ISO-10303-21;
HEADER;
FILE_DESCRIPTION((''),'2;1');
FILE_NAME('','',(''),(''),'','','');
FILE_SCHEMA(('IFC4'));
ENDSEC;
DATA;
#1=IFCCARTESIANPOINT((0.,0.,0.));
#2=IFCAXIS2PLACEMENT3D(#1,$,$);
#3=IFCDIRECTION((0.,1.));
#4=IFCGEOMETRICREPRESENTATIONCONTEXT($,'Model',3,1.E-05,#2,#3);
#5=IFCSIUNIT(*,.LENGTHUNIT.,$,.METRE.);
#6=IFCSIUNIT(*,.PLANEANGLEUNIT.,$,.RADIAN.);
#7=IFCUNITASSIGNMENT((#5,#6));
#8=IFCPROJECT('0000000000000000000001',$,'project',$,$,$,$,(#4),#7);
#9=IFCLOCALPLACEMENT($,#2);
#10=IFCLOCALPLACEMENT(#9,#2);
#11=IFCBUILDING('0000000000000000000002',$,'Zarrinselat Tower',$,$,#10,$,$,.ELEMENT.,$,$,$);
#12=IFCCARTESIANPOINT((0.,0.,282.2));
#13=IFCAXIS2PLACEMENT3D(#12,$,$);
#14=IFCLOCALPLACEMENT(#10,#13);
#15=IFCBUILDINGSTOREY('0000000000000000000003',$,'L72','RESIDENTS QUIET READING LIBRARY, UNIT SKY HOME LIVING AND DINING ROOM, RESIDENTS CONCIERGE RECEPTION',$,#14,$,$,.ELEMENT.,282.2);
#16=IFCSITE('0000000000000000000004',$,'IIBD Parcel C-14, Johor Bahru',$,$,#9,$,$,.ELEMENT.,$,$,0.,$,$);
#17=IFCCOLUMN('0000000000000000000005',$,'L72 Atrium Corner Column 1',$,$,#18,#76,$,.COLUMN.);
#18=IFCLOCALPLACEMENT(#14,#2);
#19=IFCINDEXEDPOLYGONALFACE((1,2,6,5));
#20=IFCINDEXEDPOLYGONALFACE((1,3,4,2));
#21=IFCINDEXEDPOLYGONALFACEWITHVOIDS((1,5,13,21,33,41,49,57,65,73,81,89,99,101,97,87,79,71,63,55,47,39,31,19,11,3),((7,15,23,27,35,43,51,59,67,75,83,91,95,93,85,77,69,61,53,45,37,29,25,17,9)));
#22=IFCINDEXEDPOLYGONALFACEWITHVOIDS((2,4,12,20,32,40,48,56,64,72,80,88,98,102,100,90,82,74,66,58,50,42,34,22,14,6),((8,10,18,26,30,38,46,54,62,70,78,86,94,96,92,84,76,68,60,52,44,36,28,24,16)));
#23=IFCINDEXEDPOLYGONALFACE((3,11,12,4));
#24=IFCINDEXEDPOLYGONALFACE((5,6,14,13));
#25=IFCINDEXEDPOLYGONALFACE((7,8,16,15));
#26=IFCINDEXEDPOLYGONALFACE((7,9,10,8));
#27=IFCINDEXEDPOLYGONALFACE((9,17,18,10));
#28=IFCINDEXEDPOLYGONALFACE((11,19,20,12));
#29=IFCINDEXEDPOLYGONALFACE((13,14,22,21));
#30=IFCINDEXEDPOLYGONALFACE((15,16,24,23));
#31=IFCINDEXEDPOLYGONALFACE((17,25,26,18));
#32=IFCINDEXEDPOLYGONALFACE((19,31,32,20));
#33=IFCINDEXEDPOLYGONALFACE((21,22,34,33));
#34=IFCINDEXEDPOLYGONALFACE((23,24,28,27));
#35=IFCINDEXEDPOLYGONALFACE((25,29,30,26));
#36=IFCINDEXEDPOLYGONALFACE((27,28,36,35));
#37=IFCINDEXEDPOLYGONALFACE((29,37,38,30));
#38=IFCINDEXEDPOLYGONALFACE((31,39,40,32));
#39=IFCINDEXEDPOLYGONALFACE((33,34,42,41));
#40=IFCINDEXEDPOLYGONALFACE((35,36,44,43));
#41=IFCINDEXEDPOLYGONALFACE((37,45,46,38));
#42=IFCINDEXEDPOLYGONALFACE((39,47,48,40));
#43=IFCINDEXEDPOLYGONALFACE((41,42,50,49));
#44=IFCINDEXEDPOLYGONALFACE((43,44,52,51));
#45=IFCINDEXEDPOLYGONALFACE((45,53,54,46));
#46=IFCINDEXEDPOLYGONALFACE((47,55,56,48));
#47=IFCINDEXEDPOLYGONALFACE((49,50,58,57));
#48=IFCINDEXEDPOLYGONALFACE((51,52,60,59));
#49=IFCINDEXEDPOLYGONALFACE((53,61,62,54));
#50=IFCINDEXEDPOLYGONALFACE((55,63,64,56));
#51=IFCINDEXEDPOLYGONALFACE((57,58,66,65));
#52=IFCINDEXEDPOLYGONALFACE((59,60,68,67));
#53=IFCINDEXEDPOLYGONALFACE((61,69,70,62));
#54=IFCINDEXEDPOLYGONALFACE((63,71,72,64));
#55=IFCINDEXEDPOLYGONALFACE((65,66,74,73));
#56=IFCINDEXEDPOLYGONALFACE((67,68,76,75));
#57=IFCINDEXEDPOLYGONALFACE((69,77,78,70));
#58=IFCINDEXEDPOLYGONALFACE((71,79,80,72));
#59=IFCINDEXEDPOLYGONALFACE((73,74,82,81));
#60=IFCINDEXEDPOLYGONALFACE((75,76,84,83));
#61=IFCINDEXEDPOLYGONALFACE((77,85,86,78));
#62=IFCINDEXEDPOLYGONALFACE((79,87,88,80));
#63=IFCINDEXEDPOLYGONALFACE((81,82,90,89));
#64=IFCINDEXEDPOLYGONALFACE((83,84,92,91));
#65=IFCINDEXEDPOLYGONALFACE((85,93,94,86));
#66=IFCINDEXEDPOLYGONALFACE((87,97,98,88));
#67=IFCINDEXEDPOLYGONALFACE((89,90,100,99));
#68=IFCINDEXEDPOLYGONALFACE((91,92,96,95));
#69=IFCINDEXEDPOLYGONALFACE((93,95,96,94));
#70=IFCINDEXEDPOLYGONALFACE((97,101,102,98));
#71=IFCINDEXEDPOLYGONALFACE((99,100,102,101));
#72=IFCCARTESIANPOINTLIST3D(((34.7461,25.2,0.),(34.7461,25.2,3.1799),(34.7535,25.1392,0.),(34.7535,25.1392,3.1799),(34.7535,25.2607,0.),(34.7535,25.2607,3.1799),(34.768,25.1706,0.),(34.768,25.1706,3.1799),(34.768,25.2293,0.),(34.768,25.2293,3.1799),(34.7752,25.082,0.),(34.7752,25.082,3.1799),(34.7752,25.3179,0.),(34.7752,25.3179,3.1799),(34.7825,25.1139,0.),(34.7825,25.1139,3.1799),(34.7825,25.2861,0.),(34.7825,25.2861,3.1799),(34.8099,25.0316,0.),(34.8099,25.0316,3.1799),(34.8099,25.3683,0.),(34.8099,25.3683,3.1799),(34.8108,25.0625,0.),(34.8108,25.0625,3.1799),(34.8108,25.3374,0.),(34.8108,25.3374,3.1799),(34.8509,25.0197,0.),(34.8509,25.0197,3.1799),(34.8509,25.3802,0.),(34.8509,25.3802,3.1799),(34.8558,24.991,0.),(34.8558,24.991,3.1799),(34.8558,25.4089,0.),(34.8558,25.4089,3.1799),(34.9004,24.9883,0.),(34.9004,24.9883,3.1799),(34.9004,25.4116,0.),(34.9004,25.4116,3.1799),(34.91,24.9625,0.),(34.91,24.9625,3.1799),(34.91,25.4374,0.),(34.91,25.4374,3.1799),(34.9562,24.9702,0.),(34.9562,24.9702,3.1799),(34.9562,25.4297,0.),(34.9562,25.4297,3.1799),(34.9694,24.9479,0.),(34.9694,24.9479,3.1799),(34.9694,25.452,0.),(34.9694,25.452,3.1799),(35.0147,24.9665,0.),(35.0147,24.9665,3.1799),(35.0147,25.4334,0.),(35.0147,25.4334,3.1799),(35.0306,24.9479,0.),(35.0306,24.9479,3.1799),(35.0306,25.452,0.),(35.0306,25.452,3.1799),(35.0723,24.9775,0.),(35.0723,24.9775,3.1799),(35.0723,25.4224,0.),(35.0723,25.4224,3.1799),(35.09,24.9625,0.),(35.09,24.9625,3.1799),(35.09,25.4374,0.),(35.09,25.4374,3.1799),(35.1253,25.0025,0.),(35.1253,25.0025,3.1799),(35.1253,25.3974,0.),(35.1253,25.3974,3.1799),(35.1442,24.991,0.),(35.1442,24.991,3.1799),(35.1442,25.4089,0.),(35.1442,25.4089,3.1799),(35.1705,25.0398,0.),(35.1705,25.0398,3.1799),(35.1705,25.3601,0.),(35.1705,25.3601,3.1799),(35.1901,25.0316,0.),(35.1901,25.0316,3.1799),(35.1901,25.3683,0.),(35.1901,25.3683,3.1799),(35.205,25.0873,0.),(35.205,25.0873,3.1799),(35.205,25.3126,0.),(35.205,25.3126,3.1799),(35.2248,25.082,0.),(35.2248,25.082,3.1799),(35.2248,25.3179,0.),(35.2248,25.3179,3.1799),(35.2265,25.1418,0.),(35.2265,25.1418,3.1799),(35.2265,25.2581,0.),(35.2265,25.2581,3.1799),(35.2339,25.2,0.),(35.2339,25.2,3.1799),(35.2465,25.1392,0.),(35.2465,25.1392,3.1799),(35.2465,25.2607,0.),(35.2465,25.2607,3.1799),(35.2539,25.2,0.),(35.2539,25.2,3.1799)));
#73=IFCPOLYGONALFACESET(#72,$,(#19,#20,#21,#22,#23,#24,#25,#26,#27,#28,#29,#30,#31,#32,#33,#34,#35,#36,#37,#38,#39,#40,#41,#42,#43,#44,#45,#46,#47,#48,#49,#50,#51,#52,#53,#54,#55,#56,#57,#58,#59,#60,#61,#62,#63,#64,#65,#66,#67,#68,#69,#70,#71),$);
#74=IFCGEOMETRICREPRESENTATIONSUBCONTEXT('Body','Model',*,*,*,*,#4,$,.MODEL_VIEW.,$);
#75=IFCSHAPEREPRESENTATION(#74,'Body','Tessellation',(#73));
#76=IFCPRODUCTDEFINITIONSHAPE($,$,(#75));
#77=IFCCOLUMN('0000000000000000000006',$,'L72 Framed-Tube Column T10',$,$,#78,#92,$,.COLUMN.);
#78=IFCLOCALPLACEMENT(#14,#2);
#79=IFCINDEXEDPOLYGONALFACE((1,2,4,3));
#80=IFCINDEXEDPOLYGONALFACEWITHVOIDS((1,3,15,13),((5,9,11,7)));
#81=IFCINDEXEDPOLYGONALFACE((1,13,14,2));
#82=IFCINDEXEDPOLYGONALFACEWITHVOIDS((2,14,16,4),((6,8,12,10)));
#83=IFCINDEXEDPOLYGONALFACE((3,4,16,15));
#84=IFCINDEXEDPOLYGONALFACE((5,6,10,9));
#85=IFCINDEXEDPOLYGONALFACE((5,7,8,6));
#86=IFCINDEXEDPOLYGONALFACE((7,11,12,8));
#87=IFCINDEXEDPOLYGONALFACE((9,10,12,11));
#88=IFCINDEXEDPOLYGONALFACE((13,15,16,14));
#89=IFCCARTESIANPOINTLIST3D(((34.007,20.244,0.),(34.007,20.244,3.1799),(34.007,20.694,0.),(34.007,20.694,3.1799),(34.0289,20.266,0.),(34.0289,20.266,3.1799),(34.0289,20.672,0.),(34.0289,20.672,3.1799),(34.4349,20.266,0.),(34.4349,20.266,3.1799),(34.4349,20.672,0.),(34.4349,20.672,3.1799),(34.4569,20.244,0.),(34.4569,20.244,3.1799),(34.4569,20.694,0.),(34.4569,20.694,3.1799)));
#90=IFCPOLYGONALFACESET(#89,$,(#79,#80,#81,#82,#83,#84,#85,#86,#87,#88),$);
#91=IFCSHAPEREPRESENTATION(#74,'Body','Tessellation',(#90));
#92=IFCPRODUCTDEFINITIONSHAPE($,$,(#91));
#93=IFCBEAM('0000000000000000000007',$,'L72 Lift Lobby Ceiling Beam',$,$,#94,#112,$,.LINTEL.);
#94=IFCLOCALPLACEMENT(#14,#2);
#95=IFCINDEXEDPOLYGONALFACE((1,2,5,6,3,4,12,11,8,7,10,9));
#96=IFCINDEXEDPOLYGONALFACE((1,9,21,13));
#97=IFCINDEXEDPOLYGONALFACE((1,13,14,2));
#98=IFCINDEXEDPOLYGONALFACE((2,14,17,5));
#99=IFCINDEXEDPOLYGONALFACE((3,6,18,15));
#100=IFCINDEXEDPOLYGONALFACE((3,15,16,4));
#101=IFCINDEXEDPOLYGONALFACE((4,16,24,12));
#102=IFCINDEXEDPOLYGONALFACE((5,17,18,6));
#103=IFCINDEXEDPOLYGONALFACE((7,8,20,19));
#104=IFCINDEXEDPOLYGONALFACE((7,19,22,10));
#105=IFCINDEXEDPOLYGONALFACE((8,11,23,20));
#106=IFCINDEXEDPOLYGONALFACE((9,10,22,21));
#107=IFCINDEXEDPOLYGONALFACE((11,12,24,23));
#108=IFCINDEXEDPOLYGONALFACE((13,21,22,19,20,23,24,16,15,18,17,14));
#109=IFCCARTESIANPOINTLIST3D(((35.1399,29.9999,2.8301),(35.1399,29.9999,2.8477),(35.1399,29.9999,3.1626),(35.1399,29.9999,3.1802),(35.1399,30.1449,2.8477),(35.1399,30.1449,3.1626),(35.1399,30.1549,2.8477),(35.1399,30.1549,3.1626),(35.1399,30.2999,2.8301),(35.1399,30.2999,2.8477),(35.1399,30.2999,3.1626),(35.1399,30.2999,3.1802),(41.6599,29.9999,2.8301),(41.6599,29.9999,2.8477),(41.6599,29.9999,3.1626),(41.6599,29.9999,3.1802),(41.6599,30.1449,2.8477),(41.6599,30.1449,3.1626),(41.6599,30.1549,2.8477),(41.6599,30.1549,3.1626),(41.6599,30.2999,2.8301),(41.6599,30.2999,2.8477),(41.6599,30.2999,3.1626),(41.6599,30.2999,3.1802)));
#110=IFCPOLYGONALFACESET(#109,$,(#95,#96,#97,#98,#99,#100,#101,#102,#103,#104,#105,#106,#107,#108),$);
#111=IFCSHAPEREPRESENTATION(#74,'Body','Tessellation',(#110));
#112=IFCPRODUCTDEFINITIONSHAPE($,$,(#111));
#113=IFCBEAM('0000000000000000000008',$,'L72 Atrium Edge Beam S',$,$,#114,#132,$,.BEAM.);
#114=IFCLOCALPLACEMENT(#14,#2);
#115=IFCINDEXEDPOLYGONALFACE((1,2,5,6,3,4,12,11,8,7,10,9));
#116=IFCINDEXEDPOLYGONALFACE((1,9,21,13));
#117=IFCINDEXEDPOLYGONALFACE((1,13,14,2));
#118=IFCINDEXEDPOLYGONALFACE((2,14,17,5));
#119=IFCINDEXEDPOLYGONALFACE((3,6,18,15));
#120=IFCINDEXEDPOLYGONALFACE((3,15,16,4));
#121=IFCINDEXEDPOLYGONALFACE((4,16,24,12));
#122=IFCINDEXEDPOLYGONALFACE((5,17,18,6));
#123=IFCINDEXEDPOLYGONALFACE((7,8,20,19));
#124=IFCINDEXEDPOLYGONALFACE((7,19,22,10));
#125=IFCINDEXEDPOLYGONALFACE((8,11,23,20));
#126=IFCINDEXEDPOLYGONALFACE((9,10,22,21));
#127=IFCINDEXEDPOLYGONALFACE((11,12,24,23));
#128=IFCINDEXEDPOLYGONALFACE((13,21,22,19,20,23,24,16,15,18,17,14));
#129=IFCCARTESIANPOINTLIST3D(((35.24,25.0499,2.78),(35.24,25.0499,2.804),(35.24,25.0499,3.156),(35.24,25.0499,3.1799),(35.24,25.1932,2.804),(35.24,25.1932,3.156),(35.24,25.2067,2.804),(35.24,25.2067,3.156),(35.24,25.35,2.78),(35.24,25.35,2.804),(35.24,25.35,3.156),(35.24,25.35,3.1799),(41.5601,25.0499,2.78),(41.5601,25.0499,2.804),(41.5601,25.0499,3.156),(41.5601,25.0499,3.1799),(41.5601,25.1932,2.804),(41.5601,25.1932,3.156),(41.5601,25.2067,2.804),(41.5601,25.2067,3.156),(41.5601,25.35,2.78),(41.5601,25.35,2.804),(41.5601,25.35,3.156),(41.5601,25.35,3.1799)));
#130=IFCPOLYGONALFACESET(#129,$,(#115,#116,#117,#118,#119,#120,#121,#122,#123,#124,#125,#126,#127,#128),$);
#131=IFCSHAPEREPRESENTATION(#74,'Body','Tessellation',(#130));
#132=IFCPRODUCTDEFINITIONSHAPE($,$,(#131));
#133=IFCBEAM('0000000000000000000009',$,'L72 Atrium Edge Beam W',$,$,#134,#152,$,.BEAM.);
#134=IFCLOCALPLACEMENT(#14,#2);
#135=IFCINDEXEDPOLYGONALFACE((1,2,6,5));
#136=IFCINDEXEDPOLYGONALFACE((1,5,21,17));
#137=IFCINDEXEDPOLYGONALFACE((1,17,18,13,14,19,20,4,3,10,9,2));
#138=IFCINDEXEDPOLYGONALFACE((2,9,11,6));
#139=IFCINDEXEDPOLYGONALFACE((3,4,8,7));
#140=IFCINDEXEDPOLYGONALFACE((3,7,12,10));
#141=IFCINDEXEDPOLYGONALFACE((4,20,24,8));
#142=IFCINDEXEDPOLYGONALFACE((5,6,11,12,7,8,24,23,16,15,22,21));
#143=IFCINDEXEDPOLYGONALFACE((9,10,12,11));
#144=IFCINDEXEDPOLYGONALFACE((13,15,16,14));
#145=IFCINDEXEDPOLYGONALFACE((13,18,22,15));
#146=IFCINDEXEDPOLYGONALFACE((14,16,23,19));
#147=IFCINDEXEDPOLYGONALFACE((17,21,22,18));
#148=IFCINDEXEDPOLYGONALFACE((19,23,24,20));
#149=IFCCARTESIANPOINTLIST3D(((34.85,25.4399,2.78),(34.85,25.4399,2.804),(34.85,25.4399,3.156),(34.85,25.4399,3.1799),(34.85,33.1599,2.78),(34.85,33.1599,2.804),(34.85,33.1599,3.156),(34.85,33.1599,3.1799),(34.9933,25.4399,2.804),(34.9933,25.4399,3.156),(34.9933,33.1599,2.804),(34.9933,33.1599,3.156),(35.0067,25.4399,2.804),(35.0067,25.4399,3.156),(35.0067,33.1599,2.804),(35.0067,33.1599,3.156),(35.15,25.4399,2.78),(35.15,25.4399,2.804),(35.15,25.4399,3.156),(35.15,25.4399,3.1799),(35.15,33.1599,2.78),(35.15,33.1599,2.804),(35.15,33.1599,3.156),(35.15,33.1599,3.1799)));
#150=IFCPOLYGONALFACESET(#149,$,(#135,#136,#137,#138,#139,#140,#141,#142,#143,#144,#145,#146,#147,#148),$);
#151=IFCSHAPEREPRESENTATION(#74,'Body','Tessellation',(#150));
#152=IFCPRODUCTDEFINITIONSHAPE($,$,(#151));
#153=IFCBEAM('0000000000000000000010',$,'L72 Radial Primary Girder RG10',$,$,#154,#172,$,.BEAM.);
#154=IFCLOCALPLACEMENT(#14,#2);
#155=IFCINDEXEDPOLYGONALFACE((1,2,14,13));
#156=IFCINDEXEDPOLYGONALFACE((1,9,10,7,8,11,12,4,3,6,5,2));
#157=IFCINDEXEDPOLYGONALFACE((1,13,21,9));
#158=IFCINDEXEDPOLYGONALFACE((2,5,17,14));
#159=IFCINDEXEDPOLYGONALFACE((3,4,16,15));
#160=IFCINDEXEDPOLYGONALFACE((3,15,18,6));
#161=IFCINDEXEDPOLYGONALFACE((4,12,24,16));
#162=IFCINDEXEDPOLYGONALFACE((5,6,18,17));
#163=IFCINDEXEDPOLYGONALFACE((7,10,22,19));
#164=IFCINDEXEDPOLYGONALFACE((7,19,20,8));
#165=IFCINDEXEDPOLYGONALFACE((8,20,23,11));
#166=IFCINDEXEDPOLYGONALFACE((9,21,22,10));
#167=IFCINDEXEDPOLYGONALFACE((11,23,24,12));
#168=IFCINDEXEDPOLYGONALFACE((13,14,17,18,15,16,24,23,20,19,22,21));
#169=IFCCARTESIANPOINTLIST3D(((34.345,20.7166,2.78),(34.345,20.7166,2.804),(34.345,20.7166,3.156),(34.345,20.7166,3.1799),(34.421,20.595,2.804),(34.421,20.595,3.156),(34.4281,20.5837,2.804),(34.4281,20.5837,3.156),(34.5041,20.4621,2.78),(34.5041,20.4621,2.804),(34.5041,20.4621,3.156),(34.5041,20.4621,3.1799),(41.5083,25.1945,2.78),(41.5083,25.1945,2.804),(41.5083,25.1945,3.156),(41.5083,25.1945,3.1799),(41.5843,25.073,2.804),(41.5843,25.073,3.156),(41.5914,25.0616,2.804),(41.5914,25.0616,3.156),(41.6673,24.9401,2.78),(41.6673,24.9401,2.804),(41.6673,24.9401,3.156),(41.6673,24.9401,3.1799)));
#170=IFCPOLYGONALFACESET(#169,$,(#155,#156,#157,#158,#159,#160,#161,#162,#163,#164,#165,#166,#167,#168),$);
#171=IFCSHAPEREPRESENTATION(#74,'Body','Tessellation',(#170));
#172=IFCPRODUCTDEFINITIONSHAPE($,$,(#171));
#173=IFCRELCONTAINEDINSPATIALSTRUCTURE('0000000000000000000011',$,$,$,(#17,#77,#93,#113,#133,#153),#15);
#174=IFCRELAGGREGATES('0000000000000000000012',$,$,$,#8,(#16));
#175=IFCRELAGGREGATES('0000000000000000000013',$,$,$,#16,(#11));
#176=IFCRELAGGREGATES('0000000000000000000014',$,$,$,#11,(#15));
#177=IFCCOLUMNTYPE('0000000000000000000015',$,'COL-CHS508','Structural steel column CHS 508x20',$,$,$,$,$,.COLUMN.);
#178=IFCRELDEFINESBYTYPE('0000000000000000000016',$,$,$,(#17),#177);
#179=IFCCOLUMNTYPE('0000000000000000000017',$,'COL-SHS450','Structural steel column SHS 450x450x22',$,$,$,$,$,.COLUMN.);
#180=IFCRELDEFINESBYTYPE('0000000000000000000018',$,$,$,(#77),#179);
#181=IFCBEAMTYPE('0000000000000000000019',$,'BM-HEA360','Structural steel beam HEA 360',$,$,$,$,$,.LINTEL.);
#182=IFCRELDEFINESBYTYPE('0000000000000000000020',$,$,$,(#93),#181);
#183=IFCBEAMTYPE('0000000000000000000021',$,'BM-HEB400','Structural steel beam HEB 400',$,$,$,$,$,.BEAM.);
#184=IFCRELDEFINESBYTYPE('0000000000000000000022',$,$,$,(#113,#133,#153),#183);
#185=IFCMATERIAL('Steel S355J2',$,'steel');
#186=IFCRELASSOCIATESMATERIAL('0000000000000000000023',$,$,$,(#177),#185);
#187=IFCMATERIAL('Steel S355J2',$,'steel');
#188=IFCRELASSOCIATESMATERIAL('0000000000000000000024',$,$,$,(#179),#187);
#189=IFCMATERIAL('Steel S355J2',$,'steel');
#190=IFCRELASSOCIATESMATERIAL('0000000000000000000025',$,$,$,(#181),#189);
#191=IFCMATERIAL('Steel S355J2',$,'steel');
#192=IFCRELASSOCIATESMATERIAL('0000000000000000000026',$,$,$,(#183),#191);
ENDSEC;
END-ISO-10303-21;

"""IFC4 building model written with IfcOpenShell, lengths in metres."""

from ifc_helpers import new_model, si_unit, direction, frame, origin, origin_2d, place, context, subcontext, project, spatial, hollow_rectangle, hollow_circle, i_section, extrude, material, material_profile, profile_set, type_object, element, save


model = new_model("IFC4")

# Units and contexts
model_context = context("Model", 3, precision=1e-05, world=origin(), true_north=direction((0.0, 1.0)))
body_context = subcontext(model_context, "Body", "Model", "MODEL_VIEW")
ifc_project = project(units=[si_unit("LENGTHUNIT", "METRE"), si_unit("PLANEANGLEUNIT", "RADIAN")], contexts=[model_context])

# Site, building, storey
site_placement = place(None, origin())
site = spatial("IfcSite", under=ifc_project, at=site_placement, Name="IIBD Parcel C-14, Johor Bahru", CompositionType="ELEMENT", RefElevation=0.0)
building_placement = place(site_placement, origin())
building = spatial("IfcBuilding", under=site, at=building_placement, Name="Zarrinselat Tower", CompositionType="ELEMENT")
storey_placement = place(building_placement, frame((0.0, 0.0, 282.2)))
storey = spatial("IfcBuildingStorey", under=building, at=storey_placement, Name="L72", Description="RESIDENTS QUIET READING LIBRARY, UNIT SKY HOME LIVING AND DINING ROOM, RESIDENTS CONCIERGE RECEPTION", CompositionType="ELEMENT", Elevation=282.2)

# Columns
ifc_material_1 = material(Name="Steel S355J2", Category="steel")
ifc_material_profile_1 = material_profile(ifc_material_1, hollow_circle(Radius=0.2539, WallThickness=0.02, at=origin_2d()), Name="CHS 508x20")
ifc_profile_set_1 = profile_set([ifc_material_profile_1], Name="Steel S355J2")
column_type_1 = type_object("IfcColumnType", Name="COL-CHS508", Description="Structural steel column CHS 508x20", PredefinedType="COLUMN", material=ifc_profile_set_1)
column_1_placement = place(storey_placement, frame((35.0, 25.2, 0.0), z_axis=(0.0, 0.0, 1.0), x_axis=(1.0, 0.0, 0.0)))
element("IfcColumn", 1, at=column_1_placement, inside=storey, type_object=column_type_1, Name="L72 Atrium Corner Column 1", PredefinedType="COLUMN", context=body_context, shape_type="SweptSolid", body=[
    extrude(hollow_circle(Radius=0.2539, WallThickness=0.02, at=origin_2d()), origin(), (0.0, 0.0, 1.0), 3.1799),
])
ifc_material_2 = material(Name="Steel S355J2", Category="steel")
ifc_material_profile_2 = material_profile(ifc_material_2, hollow_rectangle(XDim=0.45, YDim=0.45, WallThickness=0.022, at=origin_2d()), Name="SHS 450x450x22")
ifc_profile_set_2 = profile_set([ifc_material_profile_2], Name="Steel S355J2")
column_type_2 = type_object("IfcColumnType", Name="COL-SHS450", Description="Structural steel column SHS 450x450x22", PredefinedType="COLUMN", material=ifc_profile_set_2)
column_2_placement = place(storey_placement, frame((34.2319, 20.469, 0.0), z_axis=(0.0, 0.0, 1.0), x_axis=(1.0, 0.0, 0.0)))
element("IfcColumn", 2, at=column_2_placement, inside=storey, type_object=column_type_2, Name="L72 Framed-Tube Column T10", PredefinedType="COLUMN", context=body_context, shape_type="SweptSolid", body=[
    extrude(hollow_rectangle(XDim=0.45, YDim=0.45, WallThickness=0.022, at=origin_2d()), origin(), (0.0, 0.0, 1.0), 3.1799),
])

# Beams
ifc_material_3 = material(Name="Steel S355J2", Category="steel")
ifc_material_profile_3 = material_profile(ifc_material_3, i_section(OverallWidth=0.3, OverallDepth=0.3501, WebThickness=0.01, FlangeThickness=0.0176, at=origin_2d()), Name="HEA 360")
ifc_profile_set_3 = profile_set([ifc_material_profile_3], Name="Steel S355J2")
beam_type_1 = type_object("IfcBeamType", Name="BM-HEA360", Description="Structural steel beam HEA 360", PredefinedType="LINTEL", material=ifc_profile_set_3)
beam_1_placement = place(storey_placement, frame((35.1399, 30.1499, 3.0051), z_axis=(1.0, 0.0, 0.0), x_axis=(0.0, 1.0, 0.0)))
element("IfcBeam", 3, at=beam_1_placement, inside=storey, type_object=beam_type_1, Name="L72 Lift Lobby Ceiling Beam", PredefinedType="LINTEL", context=body_context, shape_type="SweptSolid", body=[
    extrude(i_section(OverallWidth=0.3, OverallDepth=0.3501, WebThickness=0.01, FlangeThickness=0.0176, at=origin_2d()), origin(), (0.0, 0.0, 1.0), 6.52),
])
ifc_material_4 = material(Name="Steel S355J2", Category="steel")
ifc_material_profile_4 = material_profile(ifc_material_4, i_section(OverallWidth=0.3, OverallDepth=0.3999, WebThickness=0.0134, FlangeThickness=0.0239, at=origin_2d()), Name="HEB 400")
ifc_profile_set_4 = profile_set([ifc_material_profile_4], Name="Steel S355J2")
beam_type_2 = type_object("IfcBeamType", Name="BM-HEB400", Description="Structural steel beam HEB 400", PredefinedType="BEAM", material=ifc_profile_set_4)
beam_2_placement = place(storey_placement, frame((35.24, 25.2, 2.98), z_axis=(1.0, 0.0, 0.0), x_axis=(0.0, 1.0, 0.0)))
element("IfcBeam", 4, at=beam_2_placement, inside=storey, type_object=beam_type_2, Name="L72 Atrium Edge Beam S", PredefinedType="BEAM", context=body_context, shape_type="SweptSolid", body=[
    extrude(i_section(OverallWidth=0.3, OverallDepth=0.3999, WebThickness=0.0134, FlangeThickness=0.0239, at=origin_2d()), origin(), (0.0, 0.0, 1.0), 6.3201),
])
beam_3_placement = place(storey_placement, frame((35.0, 25.4399, 2.98), z_axis=(0.0, 1.0, 0.0), x_axis=(-1.0, 0.0, 0.0)))
element("IfcBeam", 5, at=beam_3_placement, inside=storey, type_object=beam_type_2, Name="L72 Atrium Edge Beam W", PredefinedType="BEAM", context=body_context, shape_type="SweptSolid", body=[
    extrude(i_section(OverallWidth=0.3, OverallDepth=0.3999, WebThickness=0.0134, FlangeThickness=0.0239, at=origin_2d()), origin(), (0.0, 0.0, 1.0), 7.72),
])
beam_4_placement = place(storey_placement, frame((34.4246, 20.5894, 2.98), z_axis=(0.847948, 0.530079, 0.0), x_axis=(-0.530079, 0.847948, 0.0)))
element("IfcBeam", 6, at=beam_4_placement, inside=storey, type_object=beam_type_2, Name="L72 Radial Primary Girder RG10", PredefinedType="BEAM", context=body_context, shape_type="SweptSolid", body=[
    extrude(i_section(OverallWidth=0.3, OverallDepth=0.3999, WebThickness=0.0134, FlangeThickness=0.0239, at=origin_2d()), origin(), (0.0, 0.0, 1.0), 8.4478),
])

save(model, "model.ifc")
